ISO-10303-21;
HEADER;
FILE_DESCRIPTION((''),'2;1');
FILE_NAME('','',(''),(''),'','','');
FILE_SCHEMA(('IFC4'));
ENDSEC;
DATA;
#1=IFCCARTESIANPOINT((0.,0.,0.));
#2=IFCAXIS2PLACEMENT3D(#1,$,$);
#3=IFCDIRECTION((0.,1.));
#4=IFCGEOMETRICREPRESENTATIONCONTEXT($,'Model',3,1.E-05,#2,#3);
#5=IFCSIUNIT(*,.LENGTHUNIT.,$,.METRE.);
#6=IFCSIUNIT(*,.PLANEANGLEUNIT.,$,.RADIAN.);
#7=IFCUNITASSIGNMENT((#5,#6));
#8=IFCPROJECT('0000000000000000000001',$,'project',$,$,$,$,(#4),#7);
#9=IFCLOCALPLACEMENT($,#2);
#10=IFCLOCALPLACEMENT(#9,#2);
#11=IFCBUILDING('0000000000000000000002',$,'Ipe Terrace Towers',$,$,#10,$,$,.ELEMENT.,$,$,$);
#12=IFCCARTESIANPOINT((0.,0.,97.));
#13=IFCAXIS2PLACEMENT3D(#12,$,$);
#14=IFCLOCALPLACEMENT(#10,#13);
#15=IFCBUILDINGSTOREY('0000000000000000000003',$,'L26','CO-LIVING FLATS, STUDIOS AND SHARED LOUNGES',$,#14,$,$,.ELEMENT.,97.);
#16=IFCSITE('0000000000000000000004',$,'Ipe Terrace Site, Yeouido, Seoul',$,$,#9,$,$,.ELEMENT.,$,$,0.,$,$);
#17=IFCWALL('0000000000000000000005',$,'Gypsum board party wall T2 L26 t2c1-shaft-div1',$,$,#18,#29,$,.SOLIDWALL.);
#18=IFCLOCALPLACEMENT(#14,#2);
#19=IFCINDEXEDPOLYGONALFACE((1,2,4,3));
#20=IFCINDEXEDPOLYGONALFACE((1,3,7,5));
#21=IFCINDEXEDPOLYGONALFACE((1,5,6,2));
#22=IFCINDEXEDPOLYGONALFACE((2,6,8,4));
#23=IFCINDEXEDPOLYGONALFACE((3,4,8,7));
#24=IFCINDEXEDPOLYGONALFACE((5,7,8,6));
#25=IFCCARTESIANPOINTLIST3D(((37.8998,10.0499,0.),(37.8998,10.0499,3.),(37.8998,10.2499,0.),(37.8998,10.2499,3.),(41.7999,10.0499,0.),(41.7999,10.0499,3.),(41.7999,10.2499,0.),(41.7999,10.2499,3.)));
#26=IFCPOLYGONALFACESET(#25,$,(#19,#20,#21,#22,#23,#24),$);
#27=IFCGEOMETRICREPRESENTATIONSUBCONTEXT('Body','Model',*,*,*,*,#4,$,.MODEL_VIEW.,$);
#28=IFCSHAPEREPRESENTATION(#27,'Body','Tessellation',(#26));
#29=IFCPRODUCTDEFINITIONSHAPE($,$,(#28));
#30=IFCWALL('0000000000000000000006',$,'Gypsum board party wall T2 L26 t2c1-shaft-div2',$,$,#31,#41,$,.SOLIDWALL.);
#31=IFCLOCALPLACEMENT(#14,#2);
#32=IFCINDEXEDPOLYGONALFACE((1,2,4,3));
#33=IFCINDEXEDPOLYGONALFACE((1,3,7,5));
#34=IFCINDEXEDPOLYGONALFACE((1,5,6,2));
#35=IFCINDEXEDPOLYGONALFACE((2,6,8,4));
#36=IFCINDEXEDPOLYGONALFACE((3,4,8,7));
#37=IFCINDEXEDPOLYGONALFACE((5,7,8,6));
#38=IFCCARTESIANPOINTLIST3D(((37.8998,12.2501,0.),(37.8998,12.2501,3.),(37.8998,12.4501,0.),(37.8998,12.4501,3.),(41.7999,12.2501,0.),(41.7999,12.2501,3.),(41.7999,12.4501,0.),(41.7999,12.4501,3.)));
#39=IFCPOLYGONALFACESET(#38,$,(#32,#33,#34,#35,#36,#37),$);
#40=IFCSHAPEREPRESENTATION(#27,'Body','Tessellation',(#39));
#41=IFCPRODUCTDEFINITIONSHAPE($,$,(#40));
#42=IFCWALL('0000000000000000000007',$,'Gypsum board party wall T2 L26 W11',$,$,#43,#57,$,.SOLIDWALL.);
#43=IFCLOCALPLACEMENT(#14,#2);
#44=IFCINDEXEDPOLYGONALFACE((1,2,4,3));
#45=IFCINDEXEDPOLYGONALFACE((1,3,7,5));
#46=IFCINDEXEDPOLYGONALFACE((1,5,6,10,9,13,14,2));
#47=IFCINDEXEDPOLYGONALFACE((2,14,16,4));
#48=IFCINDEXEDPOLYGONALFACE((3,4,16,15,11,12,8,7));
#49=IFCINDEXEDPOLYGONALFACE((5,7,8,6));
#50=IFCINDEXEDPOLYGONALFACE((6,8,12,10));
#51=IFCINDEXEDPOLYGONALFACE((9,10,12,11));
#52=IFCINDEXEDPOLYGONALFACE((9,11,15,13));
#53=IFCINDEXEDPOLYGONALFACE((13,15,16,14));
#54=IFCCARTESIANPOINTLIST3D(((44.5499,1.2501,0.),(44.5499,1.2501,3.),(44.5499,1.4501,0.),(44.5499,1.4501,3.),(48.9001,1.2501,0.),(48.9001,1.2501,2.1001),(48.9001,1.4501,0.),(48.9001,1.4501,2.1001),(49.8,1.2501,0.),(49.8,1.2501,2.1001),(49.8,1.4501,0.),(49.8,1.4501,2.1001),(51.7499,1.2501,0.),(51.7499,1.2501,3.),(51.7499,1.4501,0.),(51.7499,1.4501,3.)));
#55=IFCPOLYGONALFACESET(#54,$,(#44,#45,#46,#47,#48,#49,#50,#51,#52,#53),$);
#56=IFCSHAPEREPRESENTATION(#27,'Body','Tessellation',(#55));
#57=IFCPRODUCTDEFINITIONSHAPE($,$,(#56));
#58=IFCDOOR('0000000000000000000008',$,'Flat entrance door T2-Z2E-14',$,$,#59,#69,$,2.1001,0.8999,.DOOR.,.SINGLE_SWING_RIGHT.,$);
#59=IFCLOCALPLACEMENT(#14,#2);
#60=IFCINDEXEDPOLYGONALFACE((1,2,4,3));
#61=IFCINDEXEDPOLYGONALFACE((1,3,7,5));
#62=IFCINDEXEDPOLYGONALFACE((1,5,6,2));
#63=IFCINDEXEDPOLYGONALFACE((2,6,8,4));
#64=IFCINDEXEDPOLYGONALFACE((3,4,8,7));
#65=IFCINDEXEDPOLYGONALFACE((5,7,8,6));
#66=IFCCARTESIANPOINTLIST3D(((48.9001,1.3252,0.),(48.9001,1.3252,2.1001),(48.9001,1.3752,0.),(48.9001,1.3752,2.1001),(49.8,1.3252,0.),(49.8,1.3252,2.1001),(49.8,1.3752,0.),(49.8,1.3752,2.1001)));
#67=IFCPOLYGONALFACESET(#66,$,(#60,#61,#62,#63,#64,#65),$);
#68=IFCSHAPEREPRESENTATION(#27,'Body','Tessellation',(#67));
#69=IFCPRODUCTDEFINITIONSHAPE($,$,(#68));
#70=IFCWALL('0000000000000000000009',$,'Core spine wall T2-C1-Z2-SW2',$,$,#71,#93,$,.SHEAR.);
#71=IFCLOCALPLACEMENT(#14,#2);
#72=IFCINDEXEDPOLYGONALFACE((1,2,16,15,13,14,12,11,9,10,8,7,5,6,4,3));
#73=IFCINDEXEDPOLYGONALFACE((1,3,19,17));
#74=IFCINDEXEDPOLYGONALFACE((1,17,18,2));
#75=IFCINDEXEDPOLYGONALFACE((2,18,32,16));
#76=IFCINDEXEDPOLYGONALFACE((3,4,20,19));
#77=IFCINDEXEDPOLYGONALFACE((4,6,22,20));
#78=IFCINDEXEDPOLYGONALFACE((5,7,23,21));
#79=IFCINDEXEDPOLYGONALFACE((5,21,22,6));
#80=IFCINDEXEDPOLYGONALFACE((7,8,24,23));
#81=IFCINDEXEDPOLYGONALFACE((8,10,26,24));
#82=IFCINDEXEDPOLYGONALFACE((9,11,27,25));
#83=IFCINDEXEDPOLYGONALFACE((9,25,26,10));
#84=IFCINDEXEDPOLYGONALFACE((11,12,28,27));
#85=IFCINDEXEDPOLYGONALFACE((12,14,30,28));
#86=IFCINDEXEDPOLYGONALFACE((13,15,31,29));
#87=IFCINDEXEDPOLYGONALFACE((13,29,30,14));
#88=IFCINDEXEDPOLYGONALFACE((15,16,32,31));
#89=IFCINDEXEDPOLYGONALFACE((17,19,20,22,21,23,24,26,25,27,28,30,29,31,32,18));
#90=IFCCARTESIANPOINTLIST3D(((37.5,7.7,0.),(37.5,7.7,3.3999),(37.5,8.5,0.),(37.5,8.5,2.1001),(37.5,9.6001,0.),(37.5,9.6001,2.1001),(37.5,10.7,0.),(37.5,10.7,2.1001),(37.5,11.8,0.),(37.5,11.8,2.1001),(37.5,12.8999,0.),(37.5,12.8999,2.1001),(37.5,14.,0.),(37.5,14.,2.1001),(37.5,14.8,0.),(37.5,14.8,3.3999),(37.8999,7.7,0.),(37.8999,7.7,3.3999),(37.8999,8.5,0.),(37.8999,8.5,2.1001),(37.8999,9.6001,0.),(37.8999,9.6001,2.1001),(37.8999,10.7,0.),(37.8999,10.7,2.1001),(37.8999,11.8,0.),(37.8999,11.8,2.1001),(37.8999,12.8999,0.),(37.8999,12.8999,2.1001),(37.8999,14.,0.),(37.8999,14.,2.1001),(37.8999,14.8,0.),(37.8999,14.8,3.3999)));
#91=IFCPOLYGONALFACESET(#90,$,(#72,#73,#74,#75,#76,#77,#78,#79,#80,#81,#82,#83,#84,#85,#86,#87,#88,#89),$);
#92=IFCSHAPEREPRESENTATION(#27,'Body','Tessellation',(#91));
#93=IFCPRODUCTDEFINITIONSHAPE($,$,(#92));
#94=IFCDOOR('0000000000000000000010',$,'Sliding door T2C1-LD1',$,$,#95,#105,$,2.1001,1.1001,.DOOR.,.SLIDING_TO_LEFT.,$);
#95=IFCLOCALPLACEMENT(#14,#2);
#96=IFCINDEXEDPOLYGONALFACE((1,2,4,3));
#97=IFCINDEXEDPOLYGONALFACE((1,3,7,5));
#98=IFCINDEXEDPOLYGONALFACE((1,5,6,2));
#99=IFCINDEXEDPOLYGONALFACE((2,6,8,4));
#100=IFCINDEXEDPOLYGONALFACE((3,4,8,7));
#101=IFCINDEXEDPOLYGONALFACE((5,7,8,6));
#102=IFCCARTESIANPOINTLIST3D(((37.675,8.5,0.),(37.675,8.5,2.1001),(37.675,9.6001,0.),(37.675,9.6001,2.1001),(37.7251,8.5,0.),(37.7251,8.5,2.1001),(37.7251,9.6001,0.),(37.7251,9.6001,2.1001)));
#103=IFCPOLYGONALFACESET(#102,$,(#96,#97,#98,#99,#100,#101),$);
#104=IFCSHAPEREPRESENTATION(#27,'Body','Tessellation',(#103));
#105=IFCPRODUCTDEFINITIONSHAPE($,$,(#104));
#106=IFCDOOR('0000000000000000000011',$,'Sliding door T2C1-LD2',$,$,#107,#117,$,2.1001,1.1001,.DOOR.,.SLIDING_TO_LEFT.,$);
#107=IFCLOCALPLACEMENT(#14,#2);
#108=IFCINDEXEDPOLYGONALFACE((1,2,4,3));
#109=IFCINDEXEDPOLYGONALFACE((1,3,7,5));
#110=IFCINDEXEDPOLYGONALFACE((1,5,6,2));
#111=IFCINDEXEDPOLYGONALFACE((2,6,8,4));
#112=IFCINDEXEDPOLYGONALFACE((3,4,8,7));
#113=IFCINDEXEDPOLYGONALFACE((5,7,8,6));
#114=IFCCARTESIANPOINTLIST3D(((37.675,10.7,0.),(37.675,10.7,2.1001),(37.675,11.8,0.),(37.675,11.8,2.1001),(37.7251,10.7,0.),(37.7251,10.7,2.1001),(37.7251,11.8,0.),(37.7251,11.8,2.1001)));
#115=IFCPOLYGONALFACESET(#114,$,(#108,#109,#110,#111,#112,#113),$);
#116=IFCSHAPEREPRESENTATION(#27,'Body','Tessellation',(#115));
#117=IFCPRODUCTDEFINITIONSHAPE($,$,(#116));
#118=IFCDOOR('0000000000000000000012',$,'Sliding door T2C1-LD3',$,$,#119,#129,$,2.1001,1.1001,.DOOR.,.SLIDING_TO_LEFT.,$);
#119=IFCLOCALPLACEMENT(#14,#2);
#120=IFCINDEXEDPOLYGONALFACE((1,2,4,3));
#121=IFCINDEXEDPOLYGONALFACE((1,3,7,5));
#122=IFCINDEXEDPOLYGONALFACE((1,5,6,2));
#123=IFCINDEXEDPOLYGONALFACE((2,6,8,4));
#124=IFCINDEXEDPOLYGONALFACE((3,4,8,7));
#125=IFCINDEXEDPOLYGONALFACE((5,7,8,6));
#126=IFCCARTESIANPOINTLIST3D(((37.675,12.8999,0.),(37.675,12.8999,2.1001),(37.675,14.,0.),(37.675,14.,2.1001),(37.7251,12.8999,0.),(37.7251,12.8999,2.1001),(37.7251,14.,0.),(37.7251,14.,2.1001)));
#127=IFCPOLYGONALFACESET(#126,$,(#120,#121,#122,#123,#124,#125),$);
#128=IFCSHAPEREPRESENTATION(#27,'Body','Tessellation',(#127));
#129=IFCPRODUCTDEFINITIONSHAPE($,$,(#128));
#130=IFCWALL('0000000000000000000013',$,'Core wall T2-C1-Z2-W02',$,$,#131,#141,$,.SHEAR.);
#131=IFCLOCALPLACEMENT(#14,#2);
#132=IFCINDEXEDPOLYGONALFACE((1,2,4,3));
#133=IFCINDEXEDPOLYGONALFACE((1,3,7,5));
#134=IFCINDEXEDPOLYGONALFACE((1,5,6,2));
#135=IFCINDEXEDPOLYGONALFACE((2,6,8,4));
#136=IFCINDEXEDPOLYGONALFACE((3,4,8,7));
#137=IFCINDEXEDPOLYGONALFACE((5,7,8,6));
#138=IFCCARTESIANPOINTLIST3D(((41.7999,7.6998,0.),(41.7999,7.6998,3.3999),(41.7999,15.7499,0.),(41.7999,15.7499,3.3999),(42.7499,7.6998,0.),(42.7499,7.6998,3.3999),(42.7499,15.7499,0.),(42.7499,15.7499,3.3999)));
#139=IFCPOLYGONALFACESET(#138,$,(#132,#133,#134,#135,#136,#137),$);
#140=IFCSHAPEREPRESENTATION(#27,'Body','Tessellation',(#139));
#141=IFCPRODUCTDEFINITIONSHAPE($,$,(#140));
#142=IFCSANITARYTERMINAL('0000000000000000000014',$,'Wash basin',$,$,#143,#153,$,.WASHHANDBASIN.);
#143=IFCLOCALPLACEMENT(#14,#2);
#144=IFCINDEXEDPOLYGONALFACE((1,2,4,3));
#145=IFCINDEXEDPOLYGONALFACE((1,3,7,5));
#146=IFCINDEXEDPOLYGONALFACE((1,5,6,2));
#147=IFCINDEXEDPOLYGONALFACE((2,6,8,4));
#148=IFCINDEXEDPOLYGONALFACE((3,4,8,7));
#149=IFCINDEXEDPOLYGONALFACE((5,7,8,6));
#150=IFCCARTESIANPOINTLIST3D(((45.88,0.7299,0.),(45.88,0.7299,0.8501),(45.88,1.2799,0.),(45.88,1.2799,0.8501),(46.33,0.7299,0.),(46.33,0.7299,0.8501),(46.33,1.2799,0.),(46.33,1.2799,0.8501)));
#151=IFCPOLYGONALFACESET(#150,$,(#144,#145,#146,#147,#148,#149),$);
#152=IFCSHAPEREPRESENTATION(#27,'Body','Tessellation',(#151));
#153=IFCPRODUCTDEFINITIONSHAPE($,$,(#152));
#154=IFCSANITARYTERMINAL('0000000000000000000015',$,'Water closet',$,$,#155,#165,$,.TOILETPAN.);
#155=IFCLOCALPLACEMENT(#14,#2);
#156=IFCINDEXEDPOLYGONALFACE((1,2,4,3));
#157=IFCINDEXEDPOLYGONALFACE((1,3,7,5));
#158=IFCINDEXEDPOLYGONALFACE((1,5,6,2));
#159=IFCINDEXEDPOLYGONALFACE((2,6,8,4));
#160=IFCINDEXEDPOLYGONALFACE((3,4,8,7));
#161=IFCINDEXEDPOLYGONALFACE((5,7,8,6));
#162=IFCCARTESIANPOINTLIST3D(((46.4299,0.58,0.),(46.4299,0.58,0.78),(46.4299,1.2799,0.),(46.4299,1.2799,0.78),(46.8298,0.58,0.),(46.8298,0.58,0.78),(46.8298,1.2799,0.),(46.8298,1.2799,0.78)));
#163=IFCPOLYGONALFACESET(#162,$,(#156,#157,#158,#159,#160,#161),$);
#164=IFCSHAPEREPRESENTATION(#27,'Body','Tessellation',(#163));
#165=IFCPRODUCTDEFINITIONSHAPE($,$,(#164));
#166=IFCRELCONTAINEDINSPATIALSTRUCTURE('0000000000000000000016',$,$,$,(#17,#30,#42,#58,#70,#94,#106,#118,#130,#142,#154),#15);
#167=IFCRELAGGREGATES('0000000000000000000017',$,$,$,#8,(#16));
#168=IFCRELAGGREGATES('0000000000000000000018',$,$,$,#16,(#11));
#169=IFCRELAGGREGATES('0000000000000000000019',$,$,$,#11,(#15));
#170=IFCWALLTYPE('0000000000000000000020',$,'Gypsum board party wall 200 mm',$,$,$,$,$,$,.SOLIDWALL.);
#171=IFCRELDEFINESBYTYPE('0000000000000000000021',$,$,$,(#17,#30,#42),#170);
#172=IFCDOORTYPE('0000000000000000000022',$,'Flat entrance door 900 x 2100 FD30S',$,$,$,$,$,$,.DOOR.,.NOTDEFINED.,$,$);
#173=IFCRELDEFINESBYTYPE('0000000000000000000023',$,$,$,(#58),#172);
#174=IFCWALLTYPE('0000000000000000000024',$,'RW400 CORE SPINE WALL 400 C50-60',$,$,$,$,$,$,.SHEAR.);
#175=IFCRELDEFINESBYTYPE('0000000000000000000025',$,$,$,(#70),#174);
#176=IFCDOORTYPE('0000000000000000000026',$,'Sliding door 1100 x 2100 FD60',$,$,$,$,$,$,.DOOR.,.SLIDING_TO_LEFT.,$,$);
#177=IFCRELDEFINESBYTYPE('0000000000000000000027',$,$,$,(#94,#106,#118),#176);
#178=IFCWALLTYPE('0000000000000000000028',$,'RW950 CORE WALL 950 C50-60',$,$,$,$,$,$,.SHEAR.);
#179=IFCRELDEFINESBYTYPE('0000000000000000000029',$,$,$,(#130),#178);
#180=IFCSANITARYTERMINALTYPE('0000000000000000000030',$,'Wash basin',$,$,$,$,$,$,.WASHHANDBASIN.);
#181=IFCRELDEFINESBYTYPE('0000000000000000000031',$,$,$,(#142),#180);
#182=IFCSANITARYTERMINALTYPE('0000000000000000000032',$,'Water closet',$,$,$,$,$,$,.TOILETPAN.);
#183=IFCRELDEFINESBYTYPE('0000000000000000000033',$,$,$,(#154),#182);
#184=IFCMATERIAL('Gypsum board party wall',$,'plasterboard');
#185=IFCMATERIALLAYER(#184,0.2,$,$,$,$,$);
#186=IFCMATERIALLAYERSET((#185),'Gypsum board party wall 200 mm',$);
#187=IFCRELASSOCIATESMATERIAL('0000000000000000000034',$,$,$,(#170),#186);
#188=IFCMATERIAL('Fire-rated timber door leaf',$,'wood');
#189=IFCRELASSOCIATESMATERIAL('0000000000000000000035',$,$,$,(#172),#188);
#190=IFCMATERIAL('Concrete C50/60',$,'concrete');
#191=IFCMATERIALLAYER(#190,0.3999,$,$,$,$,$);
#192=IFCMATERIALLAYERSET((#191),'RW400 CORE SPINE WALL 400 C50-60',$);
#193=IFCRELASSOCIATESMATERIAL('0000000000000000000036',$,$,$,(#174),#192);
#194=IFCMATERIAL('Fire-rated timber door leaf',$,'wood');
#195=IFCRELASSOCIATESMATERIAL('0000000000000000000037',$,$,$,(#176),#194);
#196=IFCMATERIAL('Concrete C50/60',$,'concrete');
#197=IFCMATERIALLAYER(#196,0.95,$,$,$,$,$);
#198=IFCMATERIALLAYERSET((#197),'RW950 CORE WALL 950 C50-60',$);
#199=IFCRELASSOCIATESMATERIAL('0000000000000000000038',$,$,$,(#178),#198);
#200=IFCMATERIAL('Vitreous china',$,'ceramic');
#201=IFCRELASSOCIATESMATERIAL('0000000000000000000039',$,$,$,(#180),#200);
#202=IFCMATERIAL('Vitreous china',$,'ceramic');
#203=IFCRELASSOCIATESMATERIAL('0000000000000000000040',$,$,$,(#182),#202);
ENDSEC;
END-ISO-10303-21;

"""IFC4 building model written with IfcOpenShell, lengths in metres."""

from ifc_helpers import new_model, si_unit, direction, frame, frame_2d, origin, origin_2d, place, context, subcontext, project, spatial, rectangle, extrude, material, layer, layer_set, type_object, element, fill, save


model = new_model("IFC4")

# Units and contexts
model_context = context("Model", 3, precision=1e-05, world=origin(), true_north=direction((0.0, 1.0)))
body_context = subcontext(model_context, "Body", "Model", "MODEL_VIEW")
ifc_project = project(units=[si_unit("LENGTHUNIT", "METRE"), si_unit("PLANEANGLEUNIT", "RADIAN")], contexts=[model_context])

# Site, building, storey
site_placement = place(None, origin())
site = spatial("IfcSite", under=ifc_project, at=site_placement, Name="Ipe Terrace Site, Yeouido, Seoul", CompositionType="ELEMENT", RefElevation=0.0)
building_placement = place(site_placement, origin())
building = spatial("IfcBuilding", under=site, at=building_placement, Name="Ipe Terrace Towers", CompositionType="ELEMENT")
storey_placement = place(building_placement, frame((0.0, 0.0, 97.0)))
storey = spatial("IfcBuildingStorey", under=building, at=storey_placement, Name="L26", Description="CO-LIVING FLATS, STUDIOS AND SHARED LOUNGES", CompositionType="ELEMENT", Elevation=97.0)

# Walls
ifc_material_1 = material(Name="Gypsum board party wall", Category="plasterboard")
ifc_layer_1 = layer(ifc_material_1, 0.2)
ifc_layer_set_1 = layer_set([ifc_layer_1], Name="Gypsum board party wall 200 mm")
wall_type_1 = type_object("IfcWallType", Name="Gypsum board party wall 200 mm", PredefinedType="SOLIDWALL", material=ifc_layer_set_1)
for number, where, z_axis, x_axis, name in (
    (1, (41.8, 10.1499, 0.0), (0.0, 0.0, 1.0), (-1.0, 0.0, 0.0), "Gypsum board party wall T2 L26 t2c1-shaft-div1"),
    (2, (41.8, 12.3501, 0.0), (0.0, 0.0, 1.0), (-1.0, 0.0, 0.0), "Gypsum board party wall T2 L26 t2c1-shaft-div2"),
):
    element("IfcWall", number, at=place(storey_placement, frame(where, z_axis=z_axis, x_axis=x_axis)), inside=storey, type_object=wall_type_1, Name=name, PredefinedType="SOLIDWALL", context=body_context, shape_type="SweptSolid", body=[
        extrude(rectangle(XDim=3.9001, YDim=0.2, at=frame_2d((1.9502, 0.0))), origin(), (0.0, 0.0, 1.0), 3.0),
    ])

# Wall, opening, door
wall_1_placement = place(storey_placement, frame((51.75, 1.3501, 0.0), z_axis=(0.0, 0.0, 1.0), x_axis=(-1.0, 0.0, 0.0)))
wall_1 = element("IfcWall", 3, at=wall_1_placement, inside=storey, type_object=wall_type_1, Name="Gypsum board party wall T2 L26 W11", PredefinedType="SOLIDWALL", context=body_context, shape_type="SweptSolid", body=[
    extrude(rectangle(XDim=7.2, YDim=0.2, at=frame_2d((3.6001, 0.0))), origin(), (0.0, 0.0, 1.0), 3.0),
])
opening_1_placement = place(wall_1_placement, frame((1.95, 0.0, 0.0)))
opening_1 = element("IfcOpeningElement", 4, at=opening_1_placement, cuts=wall_1, PredefinedType="OPENING", context=body_context, shape_type="SweptSolid", body=[
    extrude(rectangle(XDim=0.8999, YDim=2.1001, at=frame_2d((0.45, 1.05))), frame((0.0, 0.1099, 0.0), z_axis=(0.0, -1.0, 0.0), x_axis=(1.0, 0.0, 0.0)), (0.0, 0.0, 1.0), 0.22),
])
ifc_material_2 = material(Name="Fire-rated timber door leaf", Category="wood")
door_type_1 = type_object("IfcDoorType", Name="Flat entrance door 900 x 2100 FD30S", OperationType="NOTDEFINED", PredefinedType="DOOR", material=ifc_material_2)
door_1_placement = place(opening_1_placement, origin())
door_1 = element("IfcDoor", 5, at=door_1_placement, inside=storey, type_object=door_type_1, Name="Flat entrance door T2-Z2E-14", OperationType="SINGLE_SWING_RIGHT", OverallHeight=2.1001, OverallWidth=0.8999, PredefinedType="DOOR", context=body_context, shape_type="SweptSolid", body=[
    extrude(rectangle(XDim=0.8999, YDim=2.1001, at=frame_2d((0.45, 1.05))), frame((0.0, 0.0249, 0.0), z_axis=(0.0, -1.0, 0.0), x_axis=(1.0, 0.0, 0.0)), (0.0, 0.0, 1.0), 0.05),
])
fill(opening_1, door_1)

# Wall, openings, doors
ifc_material_3 = material(Name="Concrete C50/60", Category="concrete")
ifc_layer_2 = layer(ifc_material_3, 0.3999)
ifc_layer_set_2 = layer_set([ifc_layer_2], Name="RW400 CORE SPINE WALL 400 C50-60")
wall_type_2 = type_object("IfcWallType", Name="RW400 CORE SPINE WALL 400 C50-60", PredefinedType="SHEAR", material=ifc_layer_set_2)
wall_2_placement = place(storey_placement, frame((37.7, 7.7, 0.0), z_axis=(0.0, 0.0, 1.0), x_axis=(0.0, 1.0, 0.0)))
wall_2 = element("IfcWall", 6, at=wall_2_placement, inside=storey, type_object=wall_type_2, Name="Core spine wall T2-C1-Z2-SW2", PredefinedType="SHEAR", context=body_context, shape_type="SweptSolid", body=[
    extrude(rectangle(XDim=7.1001, YDim=0.3999, at=frame_2d((3.55, 0.0))), origin(), (0.0, 0.0, 1.0), 3.3999),
])
opening_2_placement = place(wall_2_placement, frame((0.8, 0.0, 0.0)))
opening_2 = element("IfcOpeningElement", 7, at=opening_2_placement, cuts=wall_2, PredefinedType="OPENING", context=body_context, shape_type="SweptSolid", body=[
    extrude(rectangle(XDim=1.1001, YDim=2.1001, at=frame_2d((0.55, 1.05))), frame((0.0, 0.21, 0.0), z_axis=(0.0, -1.0, 0.0), x_axis=(1.0, 0.0, 0.0)), (0.0, 0.0, 1.0), 0.4199),
])
opening_3_placement = place(wall_2_placement, frame((3.0, 0.0, 0.0)))
opening_3 = element("IfcOpeningElement", 8, at=opening_3_placement, cuts=wall_2, PredefinedType="OPENING", context=body_context, shape_type="SweptSolid", body=[
    extrude(rectangle(XDim=1.1001, YDim=2.1001, at=frame_2d((0.55, 1.05))), frame((0.0, 0.21, 0.0), z_axis=(0.0, -1.0, 0.0), x_axis=(1.0, 0.0, 0.0)), (0.0, 0.0, 1.0), 0.4199),
])
opening_4_placement = place(wall_2_placement, frame((5.2, 0.0, 0.0)))
opening_4 = element("IfcOpeningElement", 9, at=opening_4_placement, cuts=wall_2, PredefinedType="OPENING", context=body_context, shape_type="SweptSolid", body=[
    extrude(rectangle(XDim=1.1001, YDim=2.1001, at=frame_2d((0.55, 1.05))), frame((0.0, 0.21, 0.0), z_axis=(0.0, -1.0, 0.0), x_axis=(1.0, 0.0, 0.0)), (0.0, 0.0, 1.0), 0.4199),
])
ifc_material_4 = material(Name="Fire-rated timber door leaf", Category="wood")
door_type_2 = type_object("IfcDoorType", Name="Sliding door 1100 x 2100 FD60", OperationType="SLIDING_TO_LEFT", PredefinedType="DOOR", material=ifc_material_4)
door_2_placement = place(opening_2_placement, origin())
door_2 = element("IfcDoor", 10, at=door_2_placement, inside=storey, type_object=door_type_2, Name="Sliding door T2C1-LD1", OperationType="SLIDING_TO_LEFT", OverallHeight=2.1001, OverallWidth=1.1001, PredefinedType="DOOR", context=body_context, shape_type="SweptSolid", body=[
    extrude(rectangle(XDim=1.1001, YDim=2.1001, at=frame_2d((0.55, 1.05))), frame((0.0, 0.0249, 0.0), z_axis=(0.0, -1.0, 0.0), x_axis=(1.0, 0.0, 0.0)), (0.0, 0.0, 1.0), 0.05),
])
fill(opening_2, door_2)
door_3_placement = place(opening_3_placement, origin())
door_3 = element("IfcDoor", 11, at=door_3_placement, inside=storey, type_object=door_type_2, Name="Sliding door T2C1-LD2", OperationType="SLIDING_TO_LEFT", OverallHeight=2.1001, OverallWidth=1.1001, PredefinedType="DOOR", context=body_context, shape_type="SweptSolid", body=[
    extrude(rectangle(XDim=1.1001, YDim=2.1001, at=frame_2d((0.55, 1.05))), frame((0.0, 0.0249, 0.0), z_axis=(0.0, -1.0, 0.0), x_axis=(1.0, 0.0, 0.0)), (0.0, 0.0, 1.0), 0.05),
])
fill(opening_3, door_3)
door_4_placement = place(opening_4_placement, origin())
door_4 = element("IfcDoor", 12, at=door_4_placement, inside=storey, type_object=door_type_2, Name="Sliding door T2C1-LD3", OperationType="SLIDING_TO_LEFT", OverallHeight=2.1001, OverallWidth=1.1001, PredefinedType="DOOR", context=body_context, shape_type="SweptSolid", body=[
    extrude(rectangle(XDim=1.1001, YDim=2.1001, at=frame_2d((0.55, 1.05))), frame((0.0, 0.0249, 0.0), z_axis=(0.0, -1.0, 0.0), x_axis=(1.0, 0.0, 0.0)), (0.0, 0.0, 1.0), 0.05),
])
fill(opening_4, door_4)

# Wall
ifc_material_5 = material(Name="Concrete C50/60", Category="concrete")
ifc_layer_3 = layer(ifc_material_5, 0.95)
ifc_layer_set_3 = layer_set([ifc_layer_3], Name="RW950 CORE WALL 950 C50-60")
wall_type_3 = type_object("IfcWallType", Name="RW950 CORE WALL 950 C50-60", PredefinedType="SHEAR", material=ifc_layer_set_3)
wall_3_placement = place(storey_placement, frame((42.2749, 7.7, 0.0), z_axis=(0.0, 0.0, 1.0), x_axis=(0.0, 1.0, 0.0)))
element("IfcWall", 13, at=wall_3_placement, inside=storey, type_object=wall_type_3, Name="Core wall T2-C1-Z2-W02", PredefinedType="SHEAR", context=body_context, shape_type="SweptSolid", body=[
    extrude(rectangle(XDim=8.05, YDim=0.95, at=frame_2d((4.0249, 0.0))), origin(), (0.0, 0.0, 1.0), 3.3999),
])

# Sanitary terminals
ifc_material_6 = material(Name="Vitreous china", Category="ceramic")
sanitary_terminal_type_1 = type_object("IfcSanitaryTerminalType", Name="Wash basin", PredefinedType="WASHHANDBASIN", material=ifc_material_6)
sanitary_terminal_1_placement = place(storey_placement, frame((46.105, 1.0049, 0.0), z_axis=(0.0, 0.0, 1.0), x_axis=(0.0, -1.0, 0.0)))
element("IfcSanitaryTerminal", 14, at=sanitary_terminal_1_placement, inside=storey, type_object=sanitary_terminal_type_1, Name="Wash basin", PredefinedType="WASHHANDBASIN", context=body_context, shape_type="SweptSolid", body=[
    extrude(rectangle(XDim=0.55, YDim=0.45, at=origin_2d()), origin(), (0.0, 0.0, 1.0), 0.8501),
])
ifc_material_7 = material(Name="Vitreous china", Category="ceramic")
sanitary_terminal_type_2 = type_object("IfcSanitaryTerminalType", Name="Water closet", PredefinedType="TOILETPAN", material=ifc_material_7)
sanitary_terminal_2_placement = place(storey_placement, frame((46.6299, 0.9299, 0.0), z_axis=(0.0, 0.0, 1.0), x_axis=(0.0, -1.0, 0.0)))
element("IfcSanitaryTerminal", 15, at=sanitary_terminal_2_placement, inside=storey, type_object=sanitary_terminal_type_2, Name="Water closet", PredefinedType="TOILETPAN", context=body_context, shape_type="SweptSolid", body=[
    extrude(rectangle(XDim=0.7, YDim=0.3999, at=origin_2d()), origin(), (0.0, 0.0, 1.0), 0.78),
])

save(model, "model.ifc")
